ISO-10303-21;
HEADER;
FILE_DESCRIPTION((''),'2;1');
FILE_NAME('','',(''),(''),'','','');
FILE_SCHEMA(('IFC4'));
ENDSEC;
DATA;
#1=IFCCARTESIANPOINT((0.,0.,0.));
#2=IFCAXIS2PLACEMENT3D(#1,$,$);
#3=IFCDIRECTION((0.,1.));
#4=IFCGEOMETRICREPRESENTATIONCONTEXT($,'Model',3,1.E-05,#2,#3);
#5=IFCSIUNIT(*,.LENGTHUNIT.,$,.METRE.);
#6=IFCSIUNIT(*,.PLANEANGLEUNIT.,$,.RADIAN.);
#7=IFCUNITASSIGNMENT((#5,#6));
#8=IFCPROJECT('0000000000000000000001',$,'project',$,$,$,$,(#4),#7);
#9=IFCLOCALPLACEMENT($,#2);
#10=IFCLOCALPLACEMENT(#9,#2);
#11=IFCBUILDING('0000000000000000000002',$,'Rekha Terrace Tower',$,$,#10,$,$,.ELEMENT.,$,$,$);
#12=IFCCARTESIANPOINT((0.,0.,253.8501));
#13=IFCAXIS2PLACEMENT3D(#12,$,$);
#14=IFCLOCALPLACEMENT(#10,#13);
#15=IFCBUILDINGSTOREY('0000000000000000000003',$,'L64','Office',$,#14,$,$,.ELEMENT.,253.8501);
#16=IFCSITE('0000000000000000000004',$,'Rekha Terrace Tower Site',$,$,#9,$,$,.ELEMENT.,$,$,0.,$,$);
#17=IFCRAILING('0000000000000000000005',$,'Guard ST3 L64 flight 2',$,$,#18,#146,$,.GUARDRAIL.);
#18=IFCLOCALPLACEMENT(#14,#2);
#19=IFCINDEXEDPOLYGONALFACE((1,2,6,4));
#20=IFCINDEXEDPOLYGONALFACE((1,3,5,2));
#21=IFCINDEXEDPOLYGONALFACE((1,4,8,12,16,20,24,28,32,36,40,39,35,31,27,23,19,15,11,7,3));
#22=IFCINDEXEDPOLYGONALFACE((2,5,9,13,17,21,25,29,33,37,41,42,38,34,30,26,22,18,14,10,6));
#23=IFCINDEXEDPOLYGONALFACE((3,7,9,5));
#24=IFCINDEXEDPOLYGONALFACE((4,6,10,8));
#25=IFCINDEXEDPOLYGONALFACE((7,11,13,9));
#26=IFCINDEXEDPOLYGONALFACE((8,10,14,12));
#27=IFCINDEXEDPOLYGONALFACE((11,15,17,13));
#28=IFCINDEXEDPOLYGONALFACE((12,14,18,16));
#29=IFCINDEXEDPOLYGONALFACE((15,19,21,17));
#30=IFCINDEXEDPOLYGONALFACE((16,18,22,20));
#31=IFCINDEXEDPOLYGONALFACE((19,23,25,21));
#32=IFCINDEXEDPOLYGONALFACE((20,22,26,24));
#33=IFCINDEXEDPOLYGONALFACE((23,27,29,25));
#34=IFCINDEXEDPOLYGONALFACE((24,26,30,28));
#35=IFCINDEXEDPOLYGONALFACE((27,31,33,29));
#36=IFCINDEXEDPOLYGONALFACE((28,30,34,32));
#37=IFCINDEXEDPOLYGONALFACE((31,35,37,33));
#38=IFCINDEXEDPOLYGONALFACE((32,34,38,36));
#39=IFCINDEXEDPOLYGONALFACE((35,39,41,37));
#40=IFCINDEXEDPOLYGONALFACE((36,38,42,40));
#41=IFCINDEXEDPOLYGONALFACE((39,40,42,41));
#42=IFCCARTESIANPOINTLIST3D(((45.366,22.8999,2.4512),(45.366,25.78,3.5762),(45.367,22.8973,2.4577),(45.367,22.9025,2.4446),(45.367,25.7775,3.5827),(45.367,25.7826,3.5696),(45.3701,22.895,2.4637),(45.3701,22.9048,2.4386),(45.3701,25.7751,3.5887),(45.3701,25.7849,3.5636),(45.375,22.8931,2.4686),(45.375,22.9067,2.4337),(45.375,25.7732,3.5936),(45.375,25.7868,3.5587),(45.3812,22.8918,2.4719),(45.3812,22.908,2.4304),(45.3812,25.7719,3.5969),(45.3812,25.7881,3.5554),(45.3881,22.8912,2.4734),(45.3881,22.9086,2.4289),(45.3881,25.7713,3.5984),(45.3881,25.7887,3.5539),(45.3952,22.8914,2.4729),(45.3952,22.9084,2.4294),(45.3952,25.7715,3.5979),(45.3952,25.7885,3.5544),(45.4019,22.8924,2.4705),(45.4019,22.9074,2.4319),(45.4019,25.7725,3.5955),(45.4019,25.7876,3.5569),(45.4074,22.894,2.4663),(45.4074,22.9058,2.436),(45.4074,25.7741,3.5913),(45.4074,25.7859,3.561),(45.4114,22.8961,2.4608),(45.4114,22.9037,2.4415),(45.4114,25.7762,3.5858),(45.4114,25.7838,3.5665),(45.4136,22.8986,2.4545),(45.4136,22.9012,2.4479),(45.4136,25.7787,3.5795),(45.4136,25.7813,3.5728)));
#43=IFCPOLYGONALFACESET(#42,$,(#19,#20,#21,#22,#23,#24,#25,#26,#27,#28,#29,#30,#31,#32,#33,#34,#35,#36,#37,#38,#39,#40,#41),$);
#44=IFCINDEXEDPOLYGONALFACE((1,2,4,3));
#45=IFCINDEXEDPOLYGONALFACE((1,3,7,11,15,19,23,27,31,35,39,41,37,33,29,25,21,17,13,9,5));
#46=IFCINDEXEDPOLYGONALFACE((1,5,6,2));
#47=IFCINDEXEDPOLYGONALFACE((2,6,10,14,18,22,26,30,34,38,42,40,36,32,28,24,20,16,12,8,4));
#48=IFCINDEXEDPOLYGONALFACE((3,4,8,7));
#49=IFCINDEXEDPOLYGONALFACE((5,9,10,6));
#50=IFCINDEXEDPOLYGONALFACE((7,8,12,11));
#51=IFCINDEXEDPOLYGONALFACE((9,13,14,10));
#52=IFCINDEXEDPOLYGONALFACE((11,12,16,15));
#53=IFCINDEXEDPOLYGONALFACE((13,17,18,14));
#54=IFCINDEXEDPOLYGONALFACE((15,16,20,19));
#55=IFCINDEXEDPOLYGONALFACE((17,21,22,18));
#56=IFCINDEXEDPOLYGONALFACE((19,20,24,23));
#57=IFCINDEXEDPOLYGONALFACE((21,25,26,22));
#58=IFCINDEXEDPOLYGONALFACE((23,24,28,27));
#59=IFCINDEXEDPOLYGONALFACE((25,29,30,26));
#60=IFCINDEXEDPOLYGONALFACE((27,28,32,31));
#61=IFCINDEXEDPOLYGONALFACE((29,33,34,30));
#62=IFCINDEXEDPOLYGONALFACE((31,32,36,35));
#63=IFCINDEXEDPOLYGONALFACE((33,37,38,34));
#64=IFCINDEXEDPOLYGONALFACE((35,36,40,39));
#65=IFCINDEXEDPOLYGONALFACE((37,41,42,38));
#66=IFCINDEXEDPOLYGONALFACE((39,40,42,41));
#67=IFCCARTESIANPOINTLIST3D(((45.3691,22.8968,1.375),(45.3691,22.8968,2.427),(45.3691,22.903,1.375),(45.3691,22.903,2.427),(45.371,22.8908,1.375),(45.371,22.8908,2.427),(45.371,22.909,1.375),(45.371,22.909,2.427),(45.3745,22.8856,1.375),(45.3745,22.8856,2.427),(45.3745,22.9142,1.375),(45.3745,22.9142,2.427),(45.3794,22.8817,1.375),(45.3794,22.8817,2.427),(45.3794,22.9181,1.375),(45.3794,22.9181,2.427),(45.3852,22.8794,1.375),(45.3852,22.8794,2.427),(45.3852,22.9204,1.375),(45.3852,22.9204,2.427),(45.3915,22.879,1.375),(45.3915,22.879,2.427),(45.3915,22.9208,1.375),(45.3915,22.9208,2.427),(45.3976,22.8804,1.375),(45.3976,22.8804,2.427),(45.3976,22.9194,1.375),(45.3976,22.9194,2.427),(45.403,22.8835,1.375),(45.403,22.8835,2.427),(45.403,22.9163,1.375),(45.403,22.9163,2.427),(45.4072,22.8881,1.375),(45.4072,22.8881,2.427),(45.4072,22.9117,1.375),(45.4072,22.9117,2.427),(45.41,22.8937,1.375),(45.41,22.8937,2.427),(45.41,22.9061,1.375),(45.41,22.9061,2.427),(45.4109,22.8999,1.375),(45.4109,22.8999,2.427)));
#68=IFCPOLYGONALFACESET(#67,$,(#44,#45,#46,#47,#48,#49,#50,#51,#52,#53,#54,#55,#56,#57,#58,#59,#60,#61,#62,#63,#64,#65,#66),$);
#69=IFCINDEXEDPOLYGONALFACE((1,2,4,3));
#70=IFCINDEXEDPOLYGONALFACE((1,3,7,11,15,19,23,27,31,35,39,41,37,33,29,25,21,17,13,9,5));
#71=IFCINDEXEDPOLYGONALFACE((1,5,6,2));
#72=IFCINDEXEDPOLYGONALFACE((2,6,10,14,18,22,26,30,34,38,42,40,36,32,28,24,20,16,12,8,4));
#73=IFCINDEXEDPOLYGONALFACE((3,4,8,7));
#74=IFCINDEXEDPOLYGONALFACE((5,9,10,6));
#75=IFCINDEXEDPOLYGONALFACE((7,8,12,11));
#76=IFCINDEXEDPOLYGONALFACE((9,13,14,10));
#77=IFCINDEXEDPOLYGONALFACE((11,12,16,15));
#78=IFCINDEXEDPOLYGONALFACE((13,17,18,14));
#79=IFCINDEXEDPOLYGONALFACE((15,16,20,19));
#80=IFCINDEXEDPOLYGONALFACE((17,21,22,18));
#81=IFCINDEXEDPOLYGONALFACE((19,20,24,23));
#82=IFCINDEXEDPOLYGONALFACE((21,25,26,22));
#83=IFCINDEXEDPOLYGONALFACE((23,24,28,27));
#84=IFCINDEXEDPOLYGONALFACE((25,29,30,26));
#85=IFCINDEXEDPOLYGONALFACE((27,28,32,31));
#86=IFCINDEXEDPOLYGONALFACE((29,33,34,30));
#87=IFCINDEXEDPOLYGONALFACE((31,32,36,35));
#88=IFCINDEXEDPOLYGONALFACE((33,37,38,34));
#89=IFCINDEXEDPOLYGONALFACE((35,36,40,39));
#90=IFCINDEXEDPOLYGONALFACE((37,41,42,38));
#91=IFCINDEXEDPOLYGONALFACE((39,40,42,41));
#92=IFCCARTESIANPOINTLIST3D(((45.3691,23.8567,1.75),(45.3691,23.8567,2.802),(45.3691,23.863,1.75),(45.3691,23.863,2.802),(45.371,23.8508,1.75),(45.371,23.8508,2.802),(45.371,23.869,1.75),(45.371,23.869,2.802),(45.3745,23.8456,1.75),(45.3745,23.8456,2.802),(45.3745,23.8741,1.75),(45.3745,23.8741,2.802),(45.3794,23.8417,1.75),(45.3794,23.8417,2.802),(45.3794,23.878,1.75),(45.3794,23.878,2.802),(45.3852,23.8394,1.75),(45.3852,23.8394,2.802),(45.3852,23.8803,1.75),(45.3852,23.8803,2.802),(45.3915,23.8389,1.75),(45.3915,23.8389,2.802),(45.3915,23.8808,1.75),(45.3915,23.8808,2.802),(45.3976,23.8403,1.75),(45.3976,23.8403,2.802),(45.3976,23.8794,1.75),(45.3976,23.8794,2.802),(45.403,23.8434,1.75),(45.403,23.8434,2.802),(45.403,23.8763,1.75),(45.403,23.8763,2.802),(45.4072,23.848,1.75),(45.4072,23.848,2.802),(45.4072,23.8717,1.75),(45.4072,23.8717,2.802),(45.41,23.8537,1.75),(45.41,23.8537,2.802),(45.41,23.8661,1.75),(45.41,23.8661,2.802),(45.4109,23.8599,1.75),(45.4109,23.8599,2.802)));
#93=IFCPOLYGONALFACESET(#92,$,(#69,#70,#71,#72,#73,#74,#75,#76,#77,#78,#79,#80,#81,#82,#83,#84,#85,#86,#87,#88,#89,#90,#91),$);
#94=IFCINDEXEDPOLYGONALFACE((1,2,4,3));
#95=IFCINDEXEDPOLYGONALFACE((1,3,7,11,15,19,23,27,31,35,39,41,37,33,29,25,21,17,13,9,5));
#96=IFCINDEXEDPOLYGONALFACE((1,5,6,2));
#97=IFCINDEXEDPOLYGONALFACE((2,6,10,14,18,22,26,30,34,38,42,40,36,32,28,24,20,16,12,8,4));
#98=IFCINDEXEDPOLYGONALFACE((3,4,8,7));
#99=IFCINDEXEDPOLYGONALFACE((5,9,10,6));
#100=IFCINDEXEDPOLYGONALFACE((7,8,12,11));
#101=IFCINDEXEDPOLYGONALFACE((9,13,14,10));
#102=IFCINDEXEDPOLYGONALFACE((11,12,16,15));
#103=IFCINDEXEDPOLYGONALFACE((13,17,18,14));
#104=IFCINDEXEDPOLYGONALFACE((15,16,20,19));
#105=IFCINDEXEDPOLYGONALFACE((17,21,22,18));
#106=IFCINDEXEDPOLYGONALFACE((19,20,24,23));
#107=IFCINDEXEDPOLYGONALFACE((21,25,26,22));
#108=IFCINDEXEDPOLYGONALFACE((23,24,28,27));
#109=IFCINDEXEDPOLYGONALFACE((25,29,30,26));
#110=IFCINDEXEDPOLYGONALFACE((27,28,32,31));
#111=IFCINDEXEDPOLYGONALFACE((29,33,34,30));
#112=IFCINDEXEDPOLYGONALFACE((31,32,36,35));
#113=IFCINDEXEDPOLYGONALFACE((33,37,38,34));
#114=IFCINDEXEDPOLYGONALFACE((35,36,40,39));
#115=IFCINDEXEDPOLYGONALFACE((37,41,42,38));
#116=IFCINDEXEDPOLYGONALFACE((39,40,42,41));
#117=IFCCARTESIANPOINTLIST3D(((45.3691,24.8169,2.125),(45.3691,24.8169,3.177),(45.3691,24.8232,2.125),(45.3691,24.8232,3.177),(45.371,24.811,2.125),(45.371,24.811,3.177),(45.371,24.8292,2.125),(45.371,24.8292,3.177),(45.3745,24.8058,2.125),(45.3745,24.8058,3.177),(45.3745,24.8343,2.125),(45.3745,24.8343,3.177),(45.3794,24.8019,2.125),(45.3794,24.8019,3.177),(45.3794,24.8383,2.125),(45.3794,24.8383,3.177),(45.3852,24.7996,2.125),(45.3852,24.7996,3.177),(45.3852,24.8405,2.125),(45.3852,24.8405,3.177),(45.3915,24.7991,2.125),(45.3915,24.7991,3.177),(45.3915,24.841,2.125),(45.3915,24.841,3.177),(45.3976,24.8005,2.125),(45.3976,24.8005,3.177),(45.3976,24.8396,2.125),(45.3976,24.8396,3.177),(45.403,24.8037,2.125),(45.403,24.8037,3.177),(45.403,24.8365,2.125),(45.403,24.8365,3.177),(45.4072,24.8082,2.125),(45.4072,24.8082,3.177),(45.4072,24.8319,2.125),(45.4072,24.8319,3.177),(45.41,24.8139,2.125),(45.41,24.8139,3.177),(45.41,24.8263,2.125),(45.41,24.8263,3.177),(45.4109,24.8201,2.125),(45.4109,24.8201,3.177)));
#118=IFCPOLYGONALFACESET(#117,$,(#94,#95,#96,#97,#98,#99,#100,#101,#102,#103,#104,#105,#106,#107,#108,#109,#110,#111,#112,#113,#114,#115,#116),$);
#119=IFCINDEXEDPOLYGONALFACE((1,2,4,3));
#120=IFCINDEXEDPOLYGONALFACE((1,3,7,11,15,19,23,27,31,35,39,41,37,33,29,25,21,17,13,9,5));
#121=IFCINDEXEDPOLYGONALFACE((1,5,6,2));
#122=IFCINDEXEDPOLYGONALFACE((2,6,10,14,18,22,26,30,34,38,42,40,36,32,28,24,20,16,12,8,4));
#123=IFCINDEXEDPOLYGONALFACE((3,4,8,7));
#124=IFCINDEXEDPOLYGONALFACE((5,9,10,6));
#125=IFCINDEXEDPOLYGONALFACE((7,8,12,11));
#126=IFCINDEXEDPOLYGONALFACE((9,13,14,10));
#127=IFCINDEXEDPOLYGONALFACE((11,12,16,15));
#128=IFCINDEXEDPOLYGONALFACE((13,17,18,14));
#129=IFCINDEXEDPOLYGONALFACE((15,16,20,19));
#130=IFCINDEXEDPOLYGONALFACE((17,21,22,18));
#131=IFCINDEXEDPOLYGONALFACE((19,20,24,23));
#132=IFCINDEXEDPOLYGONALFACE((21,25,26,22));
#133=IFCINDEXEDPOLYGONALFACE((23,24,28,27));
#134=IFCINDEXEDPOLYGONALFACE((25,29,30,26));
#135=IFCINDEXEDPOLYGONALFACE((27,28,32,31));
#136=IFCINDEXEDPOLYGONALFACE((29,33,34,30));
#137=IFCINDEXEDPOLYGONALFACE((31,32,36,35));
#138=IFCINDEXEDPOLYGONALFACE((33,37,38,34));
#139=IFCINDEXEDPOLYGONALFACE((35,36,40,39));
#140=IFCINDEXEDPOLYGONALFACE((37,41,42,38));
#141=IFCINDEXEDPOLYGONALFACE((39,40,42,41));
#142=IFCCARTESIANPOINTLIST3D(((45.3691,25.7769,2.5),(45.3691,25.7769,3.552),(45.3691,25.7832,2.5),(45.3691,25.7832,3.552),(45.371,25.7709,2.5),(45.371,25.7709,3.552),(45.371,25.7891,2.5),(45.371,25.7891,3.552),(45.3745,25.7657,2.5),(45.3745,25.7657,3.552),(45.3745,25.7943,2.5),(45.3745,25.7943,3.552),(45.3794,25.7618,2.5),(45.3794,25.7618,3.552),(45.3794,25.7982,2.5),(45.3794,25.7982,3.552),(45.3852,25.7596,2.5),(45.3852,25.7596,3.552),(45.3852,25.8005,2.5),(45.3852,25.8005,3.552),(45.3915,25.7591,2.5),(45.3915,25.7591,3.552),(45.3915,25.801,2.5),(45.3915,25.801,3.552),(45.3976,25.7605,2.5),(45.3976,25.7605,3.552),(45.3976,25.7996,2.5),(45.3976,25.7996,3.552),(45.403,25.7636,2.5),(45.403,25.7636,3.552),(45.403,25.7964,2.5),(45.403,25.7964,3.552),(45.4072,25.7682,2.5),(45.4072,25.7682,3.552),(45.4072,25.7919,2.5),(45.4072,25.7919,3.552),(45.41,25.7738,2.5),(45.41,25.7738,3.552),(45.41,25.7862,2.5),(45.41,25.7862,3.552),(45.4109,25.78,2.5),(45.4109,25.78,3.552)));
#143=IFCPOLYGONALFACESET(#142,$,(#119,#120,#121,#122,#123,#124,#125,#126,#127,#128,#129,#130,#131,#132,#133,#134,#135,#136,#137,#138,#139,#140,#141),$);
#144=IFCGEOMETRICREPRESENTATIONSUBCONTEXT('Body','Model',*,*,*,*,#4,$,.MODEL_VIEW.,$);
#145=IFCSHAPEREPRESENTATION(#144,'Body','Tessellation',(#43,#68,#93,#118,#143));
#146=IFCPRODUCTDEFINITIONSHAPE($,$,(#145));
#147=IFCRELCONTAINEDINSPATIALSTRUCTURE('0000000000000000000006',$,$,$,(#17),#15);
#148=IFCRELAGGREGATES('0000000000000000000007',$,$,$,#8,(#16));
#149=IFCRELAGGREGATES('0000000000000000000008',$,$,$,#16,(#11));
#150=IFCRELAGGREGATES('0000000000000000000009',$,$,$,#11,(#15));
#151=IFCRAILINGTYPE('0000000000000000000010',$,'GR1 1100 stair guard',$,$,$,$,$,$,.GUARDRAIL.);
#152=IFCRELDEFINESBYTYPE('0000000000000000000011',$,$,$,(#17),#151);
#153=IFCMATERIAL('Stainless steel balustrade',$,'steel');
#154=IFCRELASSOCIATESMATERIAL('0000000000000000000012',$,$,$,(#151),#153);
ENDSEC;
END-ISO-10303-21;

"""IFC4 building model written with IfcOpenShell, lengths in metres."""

from ifc_helpers import new_model, si_unit, direction, frame, origin, origin_2d, place, context, subcontext, project, spatial, circle, extrude, material, type_object, element, save


model = new_model("IFC4")

# Units and contexts
model_context = context("Model", 3, precision=1e-05, world=origin(), true_north=direction((0.0, 1.0)))
body_context = subcontext(model_context, "Body", "Model", "MODEL_VIEW")
ifc_project = project(units=[si_unit("LENGTHUNIT", "METRE"), si_unit("PLANEANGLEUNIT", "RADIAN")], contexts=[model_context])

# Site, building, storey
site_placement = place(None, origin())
site = spatial("IfcSite", under=ifc_project, at=site_placement, Name="Rekha Terrace Tower Site", CompositionType="ELEMENT", RefElevation=0.0)
building_placement = place(site_placement, origin())
building = spatial("IfcBuilding", under=site, at=building_placement, Name="Rekha Terrace Tower", CompositionType="ELEMENT")
storey_placement = place(building_placement, frame((0.0, 0.0, 253.8501)))
storey = spatial("IfcBuildingStorey", under=building, at=storey_placement, Name="L64", Description="Office", CompositionType="ELEMENT", Elevation=253.8501)

# Railing
ifc_material_1 = material(Name="Stainless steel balustrade", Category="steel")
railing_type_1 = type_object("IfcRailingType", Name="GR1 1100 stair guard", PredefinedType="GUARDRAIL", material=ifc_material_1)
railing_1_placement = place(storey_placement, frame((45.3899, 22.8999, 1.375)))
element("IfcRailing", 1, at=railing_1_placement, inside=storey, type_object=railing_type_1, Name="Guard ST3 L64 flight 2", PredefinedType="GUARDRAIL", context=body_context, shape_type="SweptSolid", body=[
    extrude(circle(Radius=0.0239, at=origin_2d()), frame((0.0, 0.0, 1.0762), z_axis=(0.0, 0.931463, 0.363837), x_axis=(-1.0, 0.0, 0.0)), (0.0, 0.0, 1.0), 3.092),
    extrude(circle(Radius=0.021, at=origin_2d()), origin(), (0.0, 0.0, 1.0), 1.052),
    extrude(circle(Radius=0.021, at=origin_2d()), frame((0.0, 0.96, 0.375)), (0.0, 0.0, 1.0), 1.052),
    extrude(circle(Radius=0.021, at=origin_2d()), frame((0.0, 1.9202, 0.75)), (0.0, 0.0, 1.0), 1.052),
    extrude(circle(Radius=0.021, at=origin_2d()), frame((0.0, 2.8801, 1.125)), (0.0, 0.0, 1.0), 1.052),
])

save(model, "model.ifc")
